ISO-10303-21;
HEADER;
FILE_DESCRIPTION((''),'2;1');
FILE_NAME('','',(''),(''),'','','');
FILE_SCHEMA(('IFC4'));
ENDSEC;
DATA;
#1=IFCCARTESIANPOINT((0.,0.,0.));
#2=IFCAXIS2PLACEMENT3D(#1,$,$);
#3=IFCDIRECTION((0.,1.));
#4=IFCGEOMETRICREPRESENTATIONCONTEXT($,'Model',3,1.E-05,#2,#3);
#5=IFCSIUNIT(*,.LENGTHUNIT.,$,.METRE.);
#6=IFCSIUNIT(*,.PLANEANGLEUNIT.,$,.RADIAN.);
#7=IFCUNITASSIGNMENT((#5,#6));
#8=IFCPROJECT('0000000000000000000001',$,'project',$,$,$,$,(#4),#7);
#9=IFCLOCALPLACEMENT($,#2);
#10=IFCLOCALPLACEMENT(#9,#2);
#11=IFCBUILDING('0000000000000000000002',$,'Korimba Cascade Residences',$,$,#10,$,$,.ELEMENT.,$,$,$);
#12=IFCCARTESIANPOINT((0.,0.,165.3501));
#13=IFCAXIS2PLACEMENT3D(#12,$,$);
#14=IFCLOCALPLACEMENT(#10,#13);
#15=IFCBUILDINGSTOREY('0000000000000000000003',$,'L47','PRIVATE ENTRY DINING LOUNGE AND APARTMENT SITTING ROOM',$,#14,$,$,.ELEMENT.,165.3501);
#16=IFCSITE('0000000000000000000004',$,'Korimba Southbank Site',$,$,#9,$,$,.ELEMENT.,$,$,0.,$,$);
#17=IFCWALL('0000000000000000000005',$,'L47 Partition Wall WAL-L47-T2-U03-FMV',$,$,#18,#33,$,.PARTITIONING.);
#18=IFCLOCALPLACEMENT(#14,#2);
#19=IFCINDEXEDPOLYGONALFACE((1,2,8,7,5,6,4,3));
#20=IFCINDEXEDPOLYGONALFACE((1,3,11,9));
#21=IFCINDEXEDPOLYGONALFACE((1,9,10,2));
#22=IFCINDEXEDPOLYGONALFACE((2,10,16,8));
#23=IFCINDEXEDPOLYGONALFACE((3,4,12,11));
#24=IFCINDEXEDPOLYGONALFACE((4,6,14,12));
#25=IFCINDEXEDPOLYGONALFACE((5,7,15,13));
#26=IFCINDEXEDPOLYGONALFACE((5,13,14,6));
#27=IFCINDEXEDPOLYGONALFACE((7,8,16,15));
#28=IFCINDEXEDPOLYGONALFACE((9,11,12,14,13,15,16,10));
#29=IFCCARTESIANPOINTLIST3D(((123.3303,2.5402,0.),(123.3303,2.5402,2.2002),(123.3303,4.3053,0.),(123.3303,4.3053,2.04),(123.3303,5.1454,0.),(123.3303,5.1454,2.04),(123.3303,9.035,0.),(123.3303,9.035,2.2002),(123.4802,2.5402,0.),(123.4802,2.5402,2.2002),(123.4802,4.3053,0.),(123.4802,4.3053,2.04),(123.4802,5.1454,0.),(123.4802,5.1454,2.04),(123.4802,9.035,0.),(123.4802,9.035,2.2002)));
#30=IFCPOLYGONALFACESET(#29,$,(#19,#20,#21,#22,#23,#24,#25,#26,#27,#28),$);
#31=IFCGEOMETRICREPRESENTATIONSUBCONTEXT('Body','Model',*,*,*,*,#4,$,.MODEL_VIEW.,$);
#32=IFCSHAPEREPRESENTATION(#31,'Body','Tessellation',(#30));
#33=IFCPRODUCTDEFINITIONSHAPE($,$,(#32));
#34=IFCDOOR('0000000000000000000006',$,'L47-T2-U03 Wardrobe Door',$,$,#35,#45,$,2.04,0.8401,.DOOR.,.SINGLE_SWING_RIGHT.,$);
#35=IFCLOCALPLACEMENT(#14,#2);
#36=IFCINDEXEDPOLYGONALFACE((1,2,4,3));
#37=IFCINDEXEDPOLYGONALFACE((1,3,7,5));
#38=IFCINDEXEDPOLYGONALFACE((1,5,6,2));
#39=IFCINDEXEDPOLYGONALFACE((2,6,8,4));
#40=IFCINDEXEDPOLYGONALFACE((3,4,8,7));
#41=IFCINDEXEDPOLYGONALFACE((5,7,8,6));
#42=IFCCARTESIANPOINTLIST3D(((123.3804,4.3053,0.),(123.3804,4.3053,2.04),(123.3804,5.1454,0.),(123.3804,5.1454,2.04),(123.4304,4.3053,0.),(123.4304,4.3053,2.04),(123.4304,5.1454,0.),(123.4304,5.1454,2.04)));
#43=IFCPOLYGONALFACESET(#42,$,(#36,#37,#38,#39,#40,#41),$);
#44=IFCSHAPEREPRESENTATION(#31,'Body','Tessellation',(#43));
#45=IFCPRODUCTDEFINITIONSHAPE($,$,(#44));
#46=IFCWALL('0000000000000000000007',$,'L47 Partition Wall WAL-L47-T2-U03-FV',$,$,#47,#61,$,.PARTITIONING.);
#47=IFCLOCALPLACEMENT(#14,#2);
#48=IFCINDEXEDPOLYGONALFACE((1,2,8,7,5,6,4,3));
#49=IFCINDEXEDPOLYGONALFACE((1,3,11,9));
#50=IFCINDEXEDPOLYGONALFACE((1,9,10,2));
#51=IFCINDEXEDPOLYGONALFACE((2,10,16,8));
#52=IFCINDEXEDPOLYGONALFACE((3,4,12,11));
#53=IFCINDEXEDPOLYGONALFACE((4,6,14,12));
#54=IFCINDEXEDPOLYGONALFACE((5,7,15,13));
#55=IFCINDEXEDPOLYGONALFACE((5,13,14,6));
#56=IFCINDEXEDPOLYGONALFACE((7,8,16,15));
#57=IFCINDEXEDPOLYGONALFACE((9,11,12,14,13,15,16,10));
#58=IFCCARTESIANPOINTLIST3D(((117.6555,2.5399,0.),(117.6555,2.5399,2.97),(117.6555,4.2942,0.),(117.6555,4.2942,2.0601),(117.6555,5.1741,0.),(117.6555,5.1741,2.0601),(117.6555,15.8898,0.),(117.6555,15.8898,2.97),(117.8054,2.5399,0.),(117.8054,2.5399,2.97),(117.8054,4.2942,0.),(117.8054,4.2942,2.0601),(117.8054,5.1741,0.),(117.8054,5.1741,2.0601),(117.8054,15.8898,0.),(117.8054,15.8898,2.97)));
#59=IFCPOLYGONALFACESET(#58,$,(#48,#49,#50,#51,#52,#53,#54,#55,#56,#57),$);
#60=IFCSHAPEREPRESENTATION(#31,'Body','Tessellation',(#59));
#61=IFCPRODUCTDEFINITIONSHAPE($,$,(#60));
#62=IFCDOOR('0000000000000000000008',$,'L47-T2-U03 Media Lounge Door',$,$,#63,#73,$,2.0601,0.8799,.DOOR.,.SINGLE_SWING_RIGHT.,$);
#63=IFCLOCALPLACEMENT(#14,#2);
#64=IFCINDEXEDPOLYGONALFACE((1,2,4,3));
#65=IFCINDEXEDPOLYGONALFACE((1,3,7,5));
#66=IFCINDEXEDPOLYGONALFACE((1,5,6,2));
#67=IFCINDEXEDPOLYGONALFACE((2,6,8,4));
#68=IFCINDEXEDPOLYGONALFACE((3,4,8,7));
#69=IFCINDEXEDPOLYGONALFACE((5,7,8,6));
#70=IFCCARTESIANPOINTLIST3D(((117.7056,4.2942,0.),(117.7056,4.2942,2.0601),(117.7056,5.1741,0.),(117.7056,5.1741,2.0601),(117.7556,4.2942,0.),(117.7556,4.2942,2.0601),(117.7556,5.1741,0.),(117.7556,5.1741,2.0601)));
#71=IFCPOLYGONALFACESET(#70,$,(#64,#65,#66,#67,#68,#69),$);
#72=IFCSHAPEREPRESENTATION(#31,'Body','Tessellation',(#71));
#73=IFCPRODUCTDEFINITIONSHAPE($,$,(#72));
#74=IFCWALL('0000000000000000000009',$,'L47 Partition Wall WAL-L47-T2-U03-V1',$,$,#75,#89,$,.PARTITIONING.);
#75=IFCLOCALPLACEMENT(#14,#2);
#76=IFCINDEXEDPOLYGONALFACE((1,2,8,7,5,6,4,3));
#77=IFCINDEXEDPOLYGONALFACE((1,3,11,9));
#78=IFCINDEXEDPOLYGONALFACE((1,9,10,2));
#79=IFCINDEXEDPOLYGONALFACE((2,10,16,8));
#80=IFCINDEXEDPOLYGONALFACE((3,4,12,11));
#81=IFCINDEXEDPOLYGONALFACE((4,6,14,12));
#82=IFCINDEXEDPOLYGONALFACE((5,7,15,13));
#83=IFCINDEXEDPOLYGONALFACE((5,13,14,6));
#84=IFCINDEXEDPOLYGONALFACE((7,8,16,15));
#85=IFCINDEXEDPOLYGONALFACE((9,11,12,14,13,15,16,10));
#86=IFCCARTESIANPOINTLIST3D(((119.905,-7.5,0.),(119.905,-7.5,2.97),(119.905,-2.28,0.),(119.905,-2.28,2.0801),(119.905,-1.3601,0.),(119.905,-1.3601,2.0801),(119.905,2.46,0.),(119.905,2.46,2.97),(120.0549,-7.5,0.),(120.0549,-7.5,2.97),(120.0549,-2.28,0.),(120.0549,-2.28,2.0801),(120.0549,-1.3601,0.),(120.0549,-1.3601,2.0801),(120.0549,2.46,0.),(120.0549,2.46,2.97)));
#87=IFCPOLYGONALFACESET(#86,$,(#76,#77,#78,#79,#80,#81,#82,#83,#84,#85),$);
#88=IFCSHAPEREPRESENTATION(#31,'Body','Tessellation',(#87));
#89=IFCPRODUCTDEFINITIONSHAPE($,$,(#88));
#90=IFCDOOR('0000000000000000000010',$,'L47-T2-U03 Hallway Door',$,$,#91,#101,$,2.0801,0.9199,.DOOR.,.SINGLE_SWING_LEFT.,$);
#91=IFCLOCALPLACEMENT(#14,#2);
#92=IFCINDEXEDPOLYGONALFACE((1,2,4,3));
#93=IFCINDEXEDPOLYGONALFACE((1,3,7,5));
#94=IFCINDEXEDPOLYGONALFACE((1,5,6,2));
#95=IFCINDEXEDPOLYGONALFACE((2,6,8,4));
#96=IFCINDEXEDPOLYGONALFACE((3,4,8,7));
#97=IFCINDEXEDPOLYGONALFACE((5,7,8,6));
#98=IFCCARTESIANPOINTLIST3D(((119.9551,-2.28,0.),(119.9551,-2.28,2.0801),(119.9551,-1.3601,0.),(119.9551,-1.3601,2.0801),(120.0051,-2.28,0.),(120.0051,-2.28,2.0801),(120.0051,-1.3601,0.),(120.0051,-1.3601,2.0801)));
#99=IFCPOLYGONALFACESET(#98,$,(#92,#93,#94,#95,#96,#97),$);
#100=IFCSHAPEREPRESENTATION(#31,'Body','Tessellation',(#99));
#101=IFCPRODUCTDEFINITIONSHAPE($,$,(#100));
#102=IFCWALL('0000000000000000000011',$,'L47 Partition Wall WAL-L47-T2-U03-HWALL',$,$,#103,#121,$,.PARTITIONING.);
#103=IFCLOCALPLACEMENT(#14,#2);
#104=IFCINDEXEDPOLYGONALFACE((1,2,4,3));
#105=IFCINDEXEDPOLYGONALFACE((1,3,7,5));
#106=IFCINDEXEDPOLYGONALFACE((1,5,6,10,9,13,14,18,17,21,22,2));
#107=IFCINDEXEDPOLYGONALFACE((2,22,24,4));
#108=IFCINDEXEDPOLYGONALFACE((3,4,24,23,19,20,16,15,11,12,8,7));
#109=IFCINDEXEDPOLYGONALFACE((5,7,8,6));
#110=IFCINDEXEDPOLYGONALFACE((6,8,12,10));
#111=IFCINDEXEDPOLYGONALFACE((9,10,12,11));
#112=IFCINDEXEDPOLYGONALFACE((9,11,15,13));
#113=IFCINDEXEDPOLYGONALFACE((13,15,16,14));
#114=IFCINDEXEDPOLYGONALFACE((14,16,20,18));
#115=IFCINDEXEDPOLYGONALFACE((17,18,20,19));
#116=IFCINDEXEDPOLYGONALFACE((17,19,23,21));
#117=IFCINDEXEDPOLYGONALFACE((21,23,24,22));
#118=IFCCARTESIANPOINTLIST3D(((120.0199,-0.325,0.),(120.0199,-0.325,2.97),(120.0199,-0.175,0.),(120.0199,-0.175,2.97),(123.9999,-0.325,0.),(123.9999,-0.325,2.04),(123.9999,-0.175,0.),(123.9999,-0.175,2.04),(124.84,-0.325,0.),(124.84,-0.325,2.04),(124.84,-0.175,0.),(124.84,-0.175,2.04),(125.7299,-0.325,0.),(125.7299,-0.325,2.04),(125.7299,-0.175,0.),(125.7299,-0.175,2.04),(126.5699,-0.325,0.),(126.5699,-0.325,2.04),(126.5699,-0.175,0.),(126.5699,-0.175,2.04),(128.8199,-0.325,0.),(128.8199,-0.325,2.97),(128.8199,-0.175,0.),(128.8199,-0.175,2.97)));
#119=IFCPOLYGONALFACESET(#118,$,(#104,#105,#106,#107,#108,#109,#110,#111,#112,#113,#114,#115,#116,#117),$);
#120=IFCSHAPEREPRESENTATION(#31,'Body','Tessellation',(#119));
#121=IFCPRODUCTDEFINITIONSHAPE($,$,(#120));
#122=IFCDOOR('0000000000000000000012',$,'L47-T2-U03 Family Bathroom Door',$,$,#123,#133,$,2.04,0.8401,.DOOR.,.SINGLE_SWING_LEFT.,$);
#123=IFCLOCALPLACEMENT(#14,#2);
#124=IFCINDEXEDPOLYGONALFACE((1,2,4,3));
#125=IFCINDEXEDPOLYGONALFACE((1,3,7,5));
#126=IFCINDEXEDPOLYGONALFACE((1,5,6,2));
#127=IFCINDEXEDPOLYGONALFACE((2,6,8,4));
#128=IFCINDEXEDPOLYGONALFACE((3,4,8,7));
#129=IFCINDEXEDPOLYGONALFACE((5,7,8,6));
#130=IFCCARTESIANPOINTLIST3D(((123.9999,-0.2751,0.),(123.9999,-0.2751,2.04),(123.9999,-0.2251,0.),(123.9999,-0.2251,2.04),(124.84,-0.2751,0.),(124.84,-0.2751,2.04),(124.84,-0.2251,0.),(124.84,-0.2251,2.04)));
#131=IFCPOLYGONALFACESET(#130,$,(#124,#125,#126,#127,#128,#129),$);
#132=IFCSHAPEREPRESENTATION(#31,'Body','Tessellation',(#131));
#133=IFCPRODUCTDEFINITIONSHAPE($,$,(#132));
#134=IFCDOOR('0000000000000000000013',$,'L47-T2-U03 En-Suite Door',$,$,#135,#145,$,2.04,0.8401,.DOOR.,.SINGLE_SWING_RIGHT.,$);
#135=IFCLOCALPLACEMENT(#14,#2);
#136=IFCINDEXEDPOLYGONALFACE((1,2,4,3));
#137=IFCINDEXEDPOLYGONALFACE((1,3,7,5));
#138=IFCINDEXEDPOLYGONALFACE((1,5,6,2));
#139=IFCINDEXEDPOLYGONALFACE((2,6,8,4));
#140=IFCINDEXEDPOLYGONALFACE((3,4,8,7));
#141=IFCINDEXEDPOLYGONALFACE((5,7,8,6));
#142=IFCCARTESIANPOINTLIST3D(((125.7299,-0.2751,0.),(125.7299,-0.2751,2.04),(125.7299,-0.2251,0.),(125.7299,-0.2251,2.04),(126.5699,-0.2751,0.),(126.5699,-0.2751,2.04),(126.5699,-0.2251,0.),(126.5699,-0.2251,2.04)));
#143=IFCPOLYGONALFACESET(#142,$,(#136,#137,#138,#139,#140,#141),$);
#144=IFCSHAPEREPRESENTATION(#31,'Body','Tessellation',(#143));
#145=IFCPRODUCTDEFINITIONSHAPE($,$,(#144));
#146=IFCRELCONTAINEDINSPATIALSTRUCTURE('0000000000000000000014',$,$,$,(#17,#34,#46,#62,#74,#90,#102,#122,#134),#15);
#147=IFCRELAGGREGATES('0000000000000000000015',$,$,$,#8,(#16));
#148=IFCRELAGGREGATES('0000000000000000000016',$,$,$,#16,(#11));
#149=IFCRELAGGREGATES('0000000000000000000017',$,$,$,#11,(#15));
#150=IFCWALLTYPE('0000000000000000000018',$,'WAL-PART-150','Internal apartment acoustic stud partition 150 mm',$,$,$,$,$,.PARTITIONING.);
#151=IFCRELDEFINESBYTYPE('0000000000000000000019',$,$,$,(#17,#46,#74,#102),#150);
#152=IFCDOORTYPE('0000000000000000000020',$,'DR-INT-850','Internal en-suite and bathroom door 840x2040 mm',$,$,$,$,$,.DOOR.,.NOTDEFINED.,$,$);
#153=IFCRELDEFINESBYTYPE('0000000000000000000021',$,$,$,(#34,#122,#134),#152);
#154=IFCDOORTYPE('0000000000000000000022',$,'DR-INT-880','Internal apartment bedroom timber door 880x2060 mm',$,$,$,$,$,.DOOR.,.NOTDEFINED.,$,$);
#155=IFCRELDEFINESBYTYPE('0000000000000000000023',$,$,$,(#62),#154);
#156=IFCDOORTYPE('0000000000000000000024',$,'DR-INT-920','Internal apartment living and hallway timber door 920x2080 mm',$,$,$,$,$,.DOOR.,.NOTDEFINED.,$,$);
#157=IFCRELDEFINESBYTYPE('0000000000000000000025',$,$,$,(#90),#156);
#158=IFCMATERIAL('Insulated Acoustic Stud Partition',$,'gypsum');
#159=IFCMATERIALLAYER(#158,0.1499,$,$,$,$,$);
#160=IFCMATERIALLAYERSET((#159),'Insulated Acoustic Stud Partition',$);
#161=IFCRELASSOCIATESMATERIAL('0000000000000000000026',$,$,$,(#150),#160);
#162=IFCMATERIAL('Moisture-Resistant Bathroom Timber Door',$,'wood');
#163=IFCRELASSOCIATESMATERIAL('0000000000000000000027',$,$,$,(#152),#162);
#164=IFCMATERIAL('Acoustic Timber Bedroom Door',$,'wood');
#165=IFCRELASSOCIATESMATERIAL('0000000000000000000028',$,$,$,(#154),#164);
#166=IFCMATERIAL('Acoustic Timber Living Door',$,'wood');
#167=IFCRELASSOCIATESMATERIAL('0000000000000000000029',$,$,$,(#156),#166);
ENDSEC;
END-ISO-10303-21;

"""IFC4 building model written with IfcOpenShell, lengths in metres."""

from ifc_helpers import new_model, si_unit, direction, frame, frame_2d, origin, place, context, subcontext, project, spatial, rectangle, extrude, material, layer, layer_set, type_object, element, fill, save


model = new_model("IFC4")

# Units and contexts
model_context = context("Model", 3, precision=1e-05, world=origin(), true_north=direction((0.0, 1.0)))
body_context = subcontext(model_context, "Body", "Model", "MODEL_VIEW")
ifc_project = project(units=[si_unit("LENGTHUNIT", "METRE"), si_unit("PLANEANGLEUNIT", "RADIAN")], contexts=[model_context])

# Site, building, storey
site_placement = place(None, origin())
site = spatial("IfcSite", under=ifc_project, at=site_placement, Name="Korimba Southbank Site", CompositionType="ELEMENT", RefElevation=0.0)
building_placement = place(site_placement, origin())
building = spatial("IfcBuilding", under=site, at=building_placement, Name="Korimba Cascade Residences", CompositionType="ELEMENT")
storey_placement = place(building_placement, frame((0.0, 0.0, 165.3501)))
storey = spatial("IfcBuildingStorey", under=building, at=storey_placement, Name="L47", Description="PRIVATE ENTRY DINING LOUNGE AND APARTMENT SITTING ROOM", CompositionType="ELEMENT", Elevation=165.3501)

# Walls, openings, doors
ifc_material_1 = material(Name="Insulated Acoustic Stud Partition", Category="gypsum")
ifc_layer = layer(ifc_material_1, 0.1499)
ifc_layer_set = layer_set([ifc_layer], Name="Insulated Acoustic Stud Partition")
wall_type = type_object("IfcWallType", Name="WAL-PART-150", Description="Internal apartment acoustic stud partition 150 mm", PredefinedType="PARTITIONING", material=ifc_layer_set)
wall_1_placement = place(storey_placement, frame((123.4053, 2.54, 0.0), z_axis=(0.0, 0.0, 1.0), x_axis=(0.0, 1.0, 0.0)))
wall_1 = element("IfcWall", 1, at=wall_1_placement, inside=storey, type_object=wall_type, Name="L47 Partition Wall WAL-L47-T2-U03-FMV", PredefinedType="PARTITIONING", context=body_context, shape_type="SweptSolid", body=[
    extrude(rectangle(XDim=6.4949, YDim=0.1499, at=frame_2d((3.2476, 0.0))), origin(), (0.0, 0.0, 1.0), 2.2002),
])
opening_1_placement = place(wall_1_placement, frame((1.7654, 0.0, 0.0)))
opening_1 = element("IfcOpeningElement", 2, at=opening_1_placement, cuts=wall_1, PredefinedType="OPENING", context=body_context, shape_type="SweptSolid", body=[
    extrude(rectangle(XDim=0.8401, YDim=2.04, at=frame_2d((0.4199, 1.02))), frame((0.0, 0.085, 0.0), z_axis=(0.0, -1.0, 0.0), x_axis=(1.0, 0.0, 0.0)), (0.0, 0.0, 1.0), 0.1699),
])
ifc_material_2 = material(Name="Moisture-Resistant Bathroom Timber Door", Category="wood")
door_type_1 = type_object("IfcDoorType", Name="DR-INT-850", Description="Internal en-suite and bathroom door 840x2040 mm", OperationType="NOTDEFINED", PredefinedType="DOOR", material=ifc_material_2)
door_1_placement = place(opening_1_placement, origin())
door_1 = element("IfcDoor", 3, at=door_1_placement, inside=storey, type_object=door_type_1, Name="L47-T2-U03 Wardrobe Door", OperationType="SINGLE_SWING_RIGHT", OverallHeight=2.04, OverallWidth=0.8401, PredefinedType="DOOR", context=body_context, shape_type="SweptSolid", body=[
    extrude(rectangle(XDim=0.8401, YDim=2.04, at=frame_2d((0.4199, 1.02))), frame((0.0, 0.0249, 0.0), z_axis=(0.0, -1.0, 0.0), x_axis=(1.0, 0.0, 0.0)), (0.0, 0.0, 1.0), 0.05),
])
fill(opening_1, door_1)
wall_2_placement = place(storey_placement, frame((117.7305, 2.54, 0.0), z_axis=(0.0, 0.0, 1.0), x_axis=(0.0, 1.0, 0.0)))
wall_2 = element("IfcWall", 4, at=wall_2_placement, inside=storey, type_object=wall_type, Name="L47 Partition Wall WAL-L47-T2-U03-FV", PredefinedType="PARTITIONING", context=body_context, shape_type="SweptSolid", body=[
    extrude(rectangle(XDim=13.3499, YDim=0.1499, at=frame_2d((6.6748, 0.0))), origin(), (0.0, 0.0, 1.0), 2.97),
])
opening_2_placement = place(wall_2_placement, frame((1.7542, 0.0, 0.0)))
opening_2 = element("IfcOpeningElement", 5, at=opening_2_placement, cuts=wall_2, PredefinedType="OPENING", context=body_context, shape_type="SweptSolid", body=[
    extrude(rectangle(XDim=0.8799, YDim=2.0601, at=frame_2d((0.4399, 1.03))), frame((0.0, 0.085, 0.0), z_axis=(0.0, -1.0, 0.0), x_axis=(1.0, 0.0, 0.0)), (0.0, 0.0, 1.0), 0.1699),
])
ifc_material_3 = material(Name="Acoustic Timber Bedroom Door", Category="wood")
door_type_2 = type_object("IfcDoorType", Name="DR-INT-880", Description="Internal apartment bedroom timber door 880x2060 mm", OperationType="NOTDEFINED", PredefinedType="DOOR", material=ifc_material_3)
door_2_placement = place(opening_2_placement, origin())
door_2 = element("IfcDoor", 6, at=door_2_placement, inside=storey, type_object=door_type_2, Name="L47-T2-U03 Media Lounge Door", OperationType="SINGLE_SWING_RIGHT", OverallHeight=2.0601, OverallWidth=0.8799, PredefinedType="DOOR", context=body_context, shape_type="SweptSolid", body=[
    extrude(rectangle(XDim=0.8799, YDim=2.0601, at=frame_2d((0.4399, 1.03))), frame((0.0, 0.0249, 0.0), z_axis=(0.0, -1.0, 0.0), x_axis=(1.0, 0.0, 0.0)), (0.0, 0.0, 1.0), 0.05),
])
fill(opening_2, door_2)
wall_3_placement = place(storey_placement, frame((119.98, -7.5, 0.0), z_axis=(0.0, 0.0, 1.0), x_axis=(0.0, 1.0, 0.0)))
wall_3 = element("IfcWall", 7, at=wall_3_placement, inside=storey, type_object=wall_type, Name="L47 Partition Wall WAL-L47-T2-U03-V1", PredefinedType="PARTITIONING", context=body_context, shape_type="SweptSolid", body=[
    extrude(rectangle(XDim=9.96, YDim=0.1499, at=frame_2d((4.98, 0.0))), origin(), (0.0, 0.0, 1.0), 2.97),
])
opening_3_placement = place(wall_3_placement, frame((5.22, 0.0, 0.0)))
opening_3 = element("IfcOpeningElement", 8, at=opening_3_placement, cuts=wall_3, PredefinedType="OPENING", context=body_context, shape_type="SweptSolid", body=[
    extrude(rectangle(XDim=0.9199, YDim=2.0801, at=frame_2d((0.46, 1.04))), frame((0.0, 0.085, 0.0), z_axis=(0.0, -1.0, 0.0), x_axis=(1.0, 0.0, 0.0)), (0.0, 0.0, 1.0), 0.1699),
])
ifc_material_4 = material(Name="Acoustic Timber Living Door", Category="wood")
door_type_3 = type_object("IfcDoorType", Name="DR-INT-920", Description="Internal apartment living and hallway timber door 920x2080 mm", OperationType="NOTDEFINED", PredefinedType="DOOR", material=ifc_material_4)
door_3_placement = place(opening_3_placement, origin())
door_3 = element("IfcDoor", 9, at=door_3_placement, inside=storey, type_object=door_type_3, Name="L47-T2-U03 Hallway Door", OperationType="SINGLE_SWING_LEFT", OverallHeight=2.0801, OverallWidth=0.9199, PredefinedType="DOOR", context=body_context, shape_type="SweptSolid", body=[
    extrude(rectangle(XDim=0.9199, YDim=2.0801, at=frame_2d((0.46, 1.04))), frame((0.0, 0.0249, 0.0), z_axis=(0.0, -1.0, 0.0), x_axis=(1.0, 0.0, 0.0)), (0.0, 0.0, 1.0), 0.05),
])
fill(opening_3, door_3)

# Wall, openings, doors
wall_4_placement = place(storey_placement, frame((120.02, -0.25, 0.0), z_axis=(0.0, 0.0, 1.0), x_axis=(1.0, 0.0, 0.0)))
wall_4 = element("IfcWall", 10, at=wall_4_placement, inside=storey, type_object=wall_type, Name="L47 Partition Wall WAL-L47-T2-U03-HWALL", PredefinedType="PARTITIONING", context=body_context, shape_type="SweptSolid", body=[
    extrude(rectangle(XDim=8.8, YDim=0.1499, at=frame_2d((4.3999, 0.0))), origin(), (0.0, 0.0, 1.0), 2.97),
])
opening_4_placement = place(wall_4_placement, frame((3.98, 0.0, 0.0)))
opening_4 = element("IfcOpeningElement", 11, at=opening_4_placement, cuts=wall_4, PredefinedType="OPENING", context=body_context, shape_type="SweptSolid", body=[
    extrude(rectangle(XDim=0.8401, YDim=2.04, at=frame_2d((0.4199, 1.02))), frame((0.0, 0.085, 0.0), z_axis=(0.0, -1.0, 0.0), x_axis=(1.0, 0.0, 0.0)), (0.0, 0.0, 1.0), 0.1699),
])
opening_5_placement = place(wall_4_placement, frame((5.71, 0.0, 0.0)))
opening_5 = element("IfcOpeningElement", 12, at=opening_5_placement, cuts=wall_4, PredefinedType="OPENING", context=body_context, shape_type="SweptSolid", body=[
    extrude(rectangle(XDim=0.8401, YDim=2.04, at=frame_2d((0.4199, 1.02))), frame((0.0, 0.085, 0.0), z_axis=(0.0, -1.0, 0.0), x_axis=(1.0, 0.0, 0.0)), (0.0, 0.0, 1.0), 0.1699),
])
door_4_placement = place(opening_4_placement, origin())
door_4 = element("IfcDoor", 13, at=door_4_placement, inside=storey, type_object=door_type_1, Name="L47-T2-U03 Family Bathroom Door", OperationType="SINGLE_SWING_LEFT", OverallHeight=2.04, OverallWidth=0.8401, PredefinedType="DOOR", context=body_context, shape_type="SweptSolid", body=[
    extrude(rectangle(XDim=0.8401, YDim=2.04, at=frame_2d((0.4199, 1.02))), frame((0.0, 0.0249, 0.0), z_axis=(0.0, -1.0, 0.0), x_axis=(1.0, 0.0, 0.0)), (0.0, 0.0, 1.0), 0.05),
])
fill(opening_4, door_4)
door_5_placement = place(opening_5_placement, origin())
door_5 = element("IfcDoor", 14, at=door_5_placement, inside=storey, type_object=door_type_1, Name="L47-T2-U03 En-Suite Door", OperationType="SINGLE_SWING_RIGHT", OverallHeight=2.04, OverallWidth=0.8401, PredefinedType="DOOR", context=body_context, shape_type="SweptSolid", body=[
    extrude(rectangle(XDim=0.8401, YDim=2.04, at=frame_2d((0.4199, 1.02))), frame((0.0, 0.0249, 0.0), z_axis=(0.0, -1.0, 0.0), x_axis=(1.0, 0.0, 0.0)), (0.0, 0.0, 1.0), 0.05),
])
fill(opening_5, door_5)

save(model, "model.ifc")
